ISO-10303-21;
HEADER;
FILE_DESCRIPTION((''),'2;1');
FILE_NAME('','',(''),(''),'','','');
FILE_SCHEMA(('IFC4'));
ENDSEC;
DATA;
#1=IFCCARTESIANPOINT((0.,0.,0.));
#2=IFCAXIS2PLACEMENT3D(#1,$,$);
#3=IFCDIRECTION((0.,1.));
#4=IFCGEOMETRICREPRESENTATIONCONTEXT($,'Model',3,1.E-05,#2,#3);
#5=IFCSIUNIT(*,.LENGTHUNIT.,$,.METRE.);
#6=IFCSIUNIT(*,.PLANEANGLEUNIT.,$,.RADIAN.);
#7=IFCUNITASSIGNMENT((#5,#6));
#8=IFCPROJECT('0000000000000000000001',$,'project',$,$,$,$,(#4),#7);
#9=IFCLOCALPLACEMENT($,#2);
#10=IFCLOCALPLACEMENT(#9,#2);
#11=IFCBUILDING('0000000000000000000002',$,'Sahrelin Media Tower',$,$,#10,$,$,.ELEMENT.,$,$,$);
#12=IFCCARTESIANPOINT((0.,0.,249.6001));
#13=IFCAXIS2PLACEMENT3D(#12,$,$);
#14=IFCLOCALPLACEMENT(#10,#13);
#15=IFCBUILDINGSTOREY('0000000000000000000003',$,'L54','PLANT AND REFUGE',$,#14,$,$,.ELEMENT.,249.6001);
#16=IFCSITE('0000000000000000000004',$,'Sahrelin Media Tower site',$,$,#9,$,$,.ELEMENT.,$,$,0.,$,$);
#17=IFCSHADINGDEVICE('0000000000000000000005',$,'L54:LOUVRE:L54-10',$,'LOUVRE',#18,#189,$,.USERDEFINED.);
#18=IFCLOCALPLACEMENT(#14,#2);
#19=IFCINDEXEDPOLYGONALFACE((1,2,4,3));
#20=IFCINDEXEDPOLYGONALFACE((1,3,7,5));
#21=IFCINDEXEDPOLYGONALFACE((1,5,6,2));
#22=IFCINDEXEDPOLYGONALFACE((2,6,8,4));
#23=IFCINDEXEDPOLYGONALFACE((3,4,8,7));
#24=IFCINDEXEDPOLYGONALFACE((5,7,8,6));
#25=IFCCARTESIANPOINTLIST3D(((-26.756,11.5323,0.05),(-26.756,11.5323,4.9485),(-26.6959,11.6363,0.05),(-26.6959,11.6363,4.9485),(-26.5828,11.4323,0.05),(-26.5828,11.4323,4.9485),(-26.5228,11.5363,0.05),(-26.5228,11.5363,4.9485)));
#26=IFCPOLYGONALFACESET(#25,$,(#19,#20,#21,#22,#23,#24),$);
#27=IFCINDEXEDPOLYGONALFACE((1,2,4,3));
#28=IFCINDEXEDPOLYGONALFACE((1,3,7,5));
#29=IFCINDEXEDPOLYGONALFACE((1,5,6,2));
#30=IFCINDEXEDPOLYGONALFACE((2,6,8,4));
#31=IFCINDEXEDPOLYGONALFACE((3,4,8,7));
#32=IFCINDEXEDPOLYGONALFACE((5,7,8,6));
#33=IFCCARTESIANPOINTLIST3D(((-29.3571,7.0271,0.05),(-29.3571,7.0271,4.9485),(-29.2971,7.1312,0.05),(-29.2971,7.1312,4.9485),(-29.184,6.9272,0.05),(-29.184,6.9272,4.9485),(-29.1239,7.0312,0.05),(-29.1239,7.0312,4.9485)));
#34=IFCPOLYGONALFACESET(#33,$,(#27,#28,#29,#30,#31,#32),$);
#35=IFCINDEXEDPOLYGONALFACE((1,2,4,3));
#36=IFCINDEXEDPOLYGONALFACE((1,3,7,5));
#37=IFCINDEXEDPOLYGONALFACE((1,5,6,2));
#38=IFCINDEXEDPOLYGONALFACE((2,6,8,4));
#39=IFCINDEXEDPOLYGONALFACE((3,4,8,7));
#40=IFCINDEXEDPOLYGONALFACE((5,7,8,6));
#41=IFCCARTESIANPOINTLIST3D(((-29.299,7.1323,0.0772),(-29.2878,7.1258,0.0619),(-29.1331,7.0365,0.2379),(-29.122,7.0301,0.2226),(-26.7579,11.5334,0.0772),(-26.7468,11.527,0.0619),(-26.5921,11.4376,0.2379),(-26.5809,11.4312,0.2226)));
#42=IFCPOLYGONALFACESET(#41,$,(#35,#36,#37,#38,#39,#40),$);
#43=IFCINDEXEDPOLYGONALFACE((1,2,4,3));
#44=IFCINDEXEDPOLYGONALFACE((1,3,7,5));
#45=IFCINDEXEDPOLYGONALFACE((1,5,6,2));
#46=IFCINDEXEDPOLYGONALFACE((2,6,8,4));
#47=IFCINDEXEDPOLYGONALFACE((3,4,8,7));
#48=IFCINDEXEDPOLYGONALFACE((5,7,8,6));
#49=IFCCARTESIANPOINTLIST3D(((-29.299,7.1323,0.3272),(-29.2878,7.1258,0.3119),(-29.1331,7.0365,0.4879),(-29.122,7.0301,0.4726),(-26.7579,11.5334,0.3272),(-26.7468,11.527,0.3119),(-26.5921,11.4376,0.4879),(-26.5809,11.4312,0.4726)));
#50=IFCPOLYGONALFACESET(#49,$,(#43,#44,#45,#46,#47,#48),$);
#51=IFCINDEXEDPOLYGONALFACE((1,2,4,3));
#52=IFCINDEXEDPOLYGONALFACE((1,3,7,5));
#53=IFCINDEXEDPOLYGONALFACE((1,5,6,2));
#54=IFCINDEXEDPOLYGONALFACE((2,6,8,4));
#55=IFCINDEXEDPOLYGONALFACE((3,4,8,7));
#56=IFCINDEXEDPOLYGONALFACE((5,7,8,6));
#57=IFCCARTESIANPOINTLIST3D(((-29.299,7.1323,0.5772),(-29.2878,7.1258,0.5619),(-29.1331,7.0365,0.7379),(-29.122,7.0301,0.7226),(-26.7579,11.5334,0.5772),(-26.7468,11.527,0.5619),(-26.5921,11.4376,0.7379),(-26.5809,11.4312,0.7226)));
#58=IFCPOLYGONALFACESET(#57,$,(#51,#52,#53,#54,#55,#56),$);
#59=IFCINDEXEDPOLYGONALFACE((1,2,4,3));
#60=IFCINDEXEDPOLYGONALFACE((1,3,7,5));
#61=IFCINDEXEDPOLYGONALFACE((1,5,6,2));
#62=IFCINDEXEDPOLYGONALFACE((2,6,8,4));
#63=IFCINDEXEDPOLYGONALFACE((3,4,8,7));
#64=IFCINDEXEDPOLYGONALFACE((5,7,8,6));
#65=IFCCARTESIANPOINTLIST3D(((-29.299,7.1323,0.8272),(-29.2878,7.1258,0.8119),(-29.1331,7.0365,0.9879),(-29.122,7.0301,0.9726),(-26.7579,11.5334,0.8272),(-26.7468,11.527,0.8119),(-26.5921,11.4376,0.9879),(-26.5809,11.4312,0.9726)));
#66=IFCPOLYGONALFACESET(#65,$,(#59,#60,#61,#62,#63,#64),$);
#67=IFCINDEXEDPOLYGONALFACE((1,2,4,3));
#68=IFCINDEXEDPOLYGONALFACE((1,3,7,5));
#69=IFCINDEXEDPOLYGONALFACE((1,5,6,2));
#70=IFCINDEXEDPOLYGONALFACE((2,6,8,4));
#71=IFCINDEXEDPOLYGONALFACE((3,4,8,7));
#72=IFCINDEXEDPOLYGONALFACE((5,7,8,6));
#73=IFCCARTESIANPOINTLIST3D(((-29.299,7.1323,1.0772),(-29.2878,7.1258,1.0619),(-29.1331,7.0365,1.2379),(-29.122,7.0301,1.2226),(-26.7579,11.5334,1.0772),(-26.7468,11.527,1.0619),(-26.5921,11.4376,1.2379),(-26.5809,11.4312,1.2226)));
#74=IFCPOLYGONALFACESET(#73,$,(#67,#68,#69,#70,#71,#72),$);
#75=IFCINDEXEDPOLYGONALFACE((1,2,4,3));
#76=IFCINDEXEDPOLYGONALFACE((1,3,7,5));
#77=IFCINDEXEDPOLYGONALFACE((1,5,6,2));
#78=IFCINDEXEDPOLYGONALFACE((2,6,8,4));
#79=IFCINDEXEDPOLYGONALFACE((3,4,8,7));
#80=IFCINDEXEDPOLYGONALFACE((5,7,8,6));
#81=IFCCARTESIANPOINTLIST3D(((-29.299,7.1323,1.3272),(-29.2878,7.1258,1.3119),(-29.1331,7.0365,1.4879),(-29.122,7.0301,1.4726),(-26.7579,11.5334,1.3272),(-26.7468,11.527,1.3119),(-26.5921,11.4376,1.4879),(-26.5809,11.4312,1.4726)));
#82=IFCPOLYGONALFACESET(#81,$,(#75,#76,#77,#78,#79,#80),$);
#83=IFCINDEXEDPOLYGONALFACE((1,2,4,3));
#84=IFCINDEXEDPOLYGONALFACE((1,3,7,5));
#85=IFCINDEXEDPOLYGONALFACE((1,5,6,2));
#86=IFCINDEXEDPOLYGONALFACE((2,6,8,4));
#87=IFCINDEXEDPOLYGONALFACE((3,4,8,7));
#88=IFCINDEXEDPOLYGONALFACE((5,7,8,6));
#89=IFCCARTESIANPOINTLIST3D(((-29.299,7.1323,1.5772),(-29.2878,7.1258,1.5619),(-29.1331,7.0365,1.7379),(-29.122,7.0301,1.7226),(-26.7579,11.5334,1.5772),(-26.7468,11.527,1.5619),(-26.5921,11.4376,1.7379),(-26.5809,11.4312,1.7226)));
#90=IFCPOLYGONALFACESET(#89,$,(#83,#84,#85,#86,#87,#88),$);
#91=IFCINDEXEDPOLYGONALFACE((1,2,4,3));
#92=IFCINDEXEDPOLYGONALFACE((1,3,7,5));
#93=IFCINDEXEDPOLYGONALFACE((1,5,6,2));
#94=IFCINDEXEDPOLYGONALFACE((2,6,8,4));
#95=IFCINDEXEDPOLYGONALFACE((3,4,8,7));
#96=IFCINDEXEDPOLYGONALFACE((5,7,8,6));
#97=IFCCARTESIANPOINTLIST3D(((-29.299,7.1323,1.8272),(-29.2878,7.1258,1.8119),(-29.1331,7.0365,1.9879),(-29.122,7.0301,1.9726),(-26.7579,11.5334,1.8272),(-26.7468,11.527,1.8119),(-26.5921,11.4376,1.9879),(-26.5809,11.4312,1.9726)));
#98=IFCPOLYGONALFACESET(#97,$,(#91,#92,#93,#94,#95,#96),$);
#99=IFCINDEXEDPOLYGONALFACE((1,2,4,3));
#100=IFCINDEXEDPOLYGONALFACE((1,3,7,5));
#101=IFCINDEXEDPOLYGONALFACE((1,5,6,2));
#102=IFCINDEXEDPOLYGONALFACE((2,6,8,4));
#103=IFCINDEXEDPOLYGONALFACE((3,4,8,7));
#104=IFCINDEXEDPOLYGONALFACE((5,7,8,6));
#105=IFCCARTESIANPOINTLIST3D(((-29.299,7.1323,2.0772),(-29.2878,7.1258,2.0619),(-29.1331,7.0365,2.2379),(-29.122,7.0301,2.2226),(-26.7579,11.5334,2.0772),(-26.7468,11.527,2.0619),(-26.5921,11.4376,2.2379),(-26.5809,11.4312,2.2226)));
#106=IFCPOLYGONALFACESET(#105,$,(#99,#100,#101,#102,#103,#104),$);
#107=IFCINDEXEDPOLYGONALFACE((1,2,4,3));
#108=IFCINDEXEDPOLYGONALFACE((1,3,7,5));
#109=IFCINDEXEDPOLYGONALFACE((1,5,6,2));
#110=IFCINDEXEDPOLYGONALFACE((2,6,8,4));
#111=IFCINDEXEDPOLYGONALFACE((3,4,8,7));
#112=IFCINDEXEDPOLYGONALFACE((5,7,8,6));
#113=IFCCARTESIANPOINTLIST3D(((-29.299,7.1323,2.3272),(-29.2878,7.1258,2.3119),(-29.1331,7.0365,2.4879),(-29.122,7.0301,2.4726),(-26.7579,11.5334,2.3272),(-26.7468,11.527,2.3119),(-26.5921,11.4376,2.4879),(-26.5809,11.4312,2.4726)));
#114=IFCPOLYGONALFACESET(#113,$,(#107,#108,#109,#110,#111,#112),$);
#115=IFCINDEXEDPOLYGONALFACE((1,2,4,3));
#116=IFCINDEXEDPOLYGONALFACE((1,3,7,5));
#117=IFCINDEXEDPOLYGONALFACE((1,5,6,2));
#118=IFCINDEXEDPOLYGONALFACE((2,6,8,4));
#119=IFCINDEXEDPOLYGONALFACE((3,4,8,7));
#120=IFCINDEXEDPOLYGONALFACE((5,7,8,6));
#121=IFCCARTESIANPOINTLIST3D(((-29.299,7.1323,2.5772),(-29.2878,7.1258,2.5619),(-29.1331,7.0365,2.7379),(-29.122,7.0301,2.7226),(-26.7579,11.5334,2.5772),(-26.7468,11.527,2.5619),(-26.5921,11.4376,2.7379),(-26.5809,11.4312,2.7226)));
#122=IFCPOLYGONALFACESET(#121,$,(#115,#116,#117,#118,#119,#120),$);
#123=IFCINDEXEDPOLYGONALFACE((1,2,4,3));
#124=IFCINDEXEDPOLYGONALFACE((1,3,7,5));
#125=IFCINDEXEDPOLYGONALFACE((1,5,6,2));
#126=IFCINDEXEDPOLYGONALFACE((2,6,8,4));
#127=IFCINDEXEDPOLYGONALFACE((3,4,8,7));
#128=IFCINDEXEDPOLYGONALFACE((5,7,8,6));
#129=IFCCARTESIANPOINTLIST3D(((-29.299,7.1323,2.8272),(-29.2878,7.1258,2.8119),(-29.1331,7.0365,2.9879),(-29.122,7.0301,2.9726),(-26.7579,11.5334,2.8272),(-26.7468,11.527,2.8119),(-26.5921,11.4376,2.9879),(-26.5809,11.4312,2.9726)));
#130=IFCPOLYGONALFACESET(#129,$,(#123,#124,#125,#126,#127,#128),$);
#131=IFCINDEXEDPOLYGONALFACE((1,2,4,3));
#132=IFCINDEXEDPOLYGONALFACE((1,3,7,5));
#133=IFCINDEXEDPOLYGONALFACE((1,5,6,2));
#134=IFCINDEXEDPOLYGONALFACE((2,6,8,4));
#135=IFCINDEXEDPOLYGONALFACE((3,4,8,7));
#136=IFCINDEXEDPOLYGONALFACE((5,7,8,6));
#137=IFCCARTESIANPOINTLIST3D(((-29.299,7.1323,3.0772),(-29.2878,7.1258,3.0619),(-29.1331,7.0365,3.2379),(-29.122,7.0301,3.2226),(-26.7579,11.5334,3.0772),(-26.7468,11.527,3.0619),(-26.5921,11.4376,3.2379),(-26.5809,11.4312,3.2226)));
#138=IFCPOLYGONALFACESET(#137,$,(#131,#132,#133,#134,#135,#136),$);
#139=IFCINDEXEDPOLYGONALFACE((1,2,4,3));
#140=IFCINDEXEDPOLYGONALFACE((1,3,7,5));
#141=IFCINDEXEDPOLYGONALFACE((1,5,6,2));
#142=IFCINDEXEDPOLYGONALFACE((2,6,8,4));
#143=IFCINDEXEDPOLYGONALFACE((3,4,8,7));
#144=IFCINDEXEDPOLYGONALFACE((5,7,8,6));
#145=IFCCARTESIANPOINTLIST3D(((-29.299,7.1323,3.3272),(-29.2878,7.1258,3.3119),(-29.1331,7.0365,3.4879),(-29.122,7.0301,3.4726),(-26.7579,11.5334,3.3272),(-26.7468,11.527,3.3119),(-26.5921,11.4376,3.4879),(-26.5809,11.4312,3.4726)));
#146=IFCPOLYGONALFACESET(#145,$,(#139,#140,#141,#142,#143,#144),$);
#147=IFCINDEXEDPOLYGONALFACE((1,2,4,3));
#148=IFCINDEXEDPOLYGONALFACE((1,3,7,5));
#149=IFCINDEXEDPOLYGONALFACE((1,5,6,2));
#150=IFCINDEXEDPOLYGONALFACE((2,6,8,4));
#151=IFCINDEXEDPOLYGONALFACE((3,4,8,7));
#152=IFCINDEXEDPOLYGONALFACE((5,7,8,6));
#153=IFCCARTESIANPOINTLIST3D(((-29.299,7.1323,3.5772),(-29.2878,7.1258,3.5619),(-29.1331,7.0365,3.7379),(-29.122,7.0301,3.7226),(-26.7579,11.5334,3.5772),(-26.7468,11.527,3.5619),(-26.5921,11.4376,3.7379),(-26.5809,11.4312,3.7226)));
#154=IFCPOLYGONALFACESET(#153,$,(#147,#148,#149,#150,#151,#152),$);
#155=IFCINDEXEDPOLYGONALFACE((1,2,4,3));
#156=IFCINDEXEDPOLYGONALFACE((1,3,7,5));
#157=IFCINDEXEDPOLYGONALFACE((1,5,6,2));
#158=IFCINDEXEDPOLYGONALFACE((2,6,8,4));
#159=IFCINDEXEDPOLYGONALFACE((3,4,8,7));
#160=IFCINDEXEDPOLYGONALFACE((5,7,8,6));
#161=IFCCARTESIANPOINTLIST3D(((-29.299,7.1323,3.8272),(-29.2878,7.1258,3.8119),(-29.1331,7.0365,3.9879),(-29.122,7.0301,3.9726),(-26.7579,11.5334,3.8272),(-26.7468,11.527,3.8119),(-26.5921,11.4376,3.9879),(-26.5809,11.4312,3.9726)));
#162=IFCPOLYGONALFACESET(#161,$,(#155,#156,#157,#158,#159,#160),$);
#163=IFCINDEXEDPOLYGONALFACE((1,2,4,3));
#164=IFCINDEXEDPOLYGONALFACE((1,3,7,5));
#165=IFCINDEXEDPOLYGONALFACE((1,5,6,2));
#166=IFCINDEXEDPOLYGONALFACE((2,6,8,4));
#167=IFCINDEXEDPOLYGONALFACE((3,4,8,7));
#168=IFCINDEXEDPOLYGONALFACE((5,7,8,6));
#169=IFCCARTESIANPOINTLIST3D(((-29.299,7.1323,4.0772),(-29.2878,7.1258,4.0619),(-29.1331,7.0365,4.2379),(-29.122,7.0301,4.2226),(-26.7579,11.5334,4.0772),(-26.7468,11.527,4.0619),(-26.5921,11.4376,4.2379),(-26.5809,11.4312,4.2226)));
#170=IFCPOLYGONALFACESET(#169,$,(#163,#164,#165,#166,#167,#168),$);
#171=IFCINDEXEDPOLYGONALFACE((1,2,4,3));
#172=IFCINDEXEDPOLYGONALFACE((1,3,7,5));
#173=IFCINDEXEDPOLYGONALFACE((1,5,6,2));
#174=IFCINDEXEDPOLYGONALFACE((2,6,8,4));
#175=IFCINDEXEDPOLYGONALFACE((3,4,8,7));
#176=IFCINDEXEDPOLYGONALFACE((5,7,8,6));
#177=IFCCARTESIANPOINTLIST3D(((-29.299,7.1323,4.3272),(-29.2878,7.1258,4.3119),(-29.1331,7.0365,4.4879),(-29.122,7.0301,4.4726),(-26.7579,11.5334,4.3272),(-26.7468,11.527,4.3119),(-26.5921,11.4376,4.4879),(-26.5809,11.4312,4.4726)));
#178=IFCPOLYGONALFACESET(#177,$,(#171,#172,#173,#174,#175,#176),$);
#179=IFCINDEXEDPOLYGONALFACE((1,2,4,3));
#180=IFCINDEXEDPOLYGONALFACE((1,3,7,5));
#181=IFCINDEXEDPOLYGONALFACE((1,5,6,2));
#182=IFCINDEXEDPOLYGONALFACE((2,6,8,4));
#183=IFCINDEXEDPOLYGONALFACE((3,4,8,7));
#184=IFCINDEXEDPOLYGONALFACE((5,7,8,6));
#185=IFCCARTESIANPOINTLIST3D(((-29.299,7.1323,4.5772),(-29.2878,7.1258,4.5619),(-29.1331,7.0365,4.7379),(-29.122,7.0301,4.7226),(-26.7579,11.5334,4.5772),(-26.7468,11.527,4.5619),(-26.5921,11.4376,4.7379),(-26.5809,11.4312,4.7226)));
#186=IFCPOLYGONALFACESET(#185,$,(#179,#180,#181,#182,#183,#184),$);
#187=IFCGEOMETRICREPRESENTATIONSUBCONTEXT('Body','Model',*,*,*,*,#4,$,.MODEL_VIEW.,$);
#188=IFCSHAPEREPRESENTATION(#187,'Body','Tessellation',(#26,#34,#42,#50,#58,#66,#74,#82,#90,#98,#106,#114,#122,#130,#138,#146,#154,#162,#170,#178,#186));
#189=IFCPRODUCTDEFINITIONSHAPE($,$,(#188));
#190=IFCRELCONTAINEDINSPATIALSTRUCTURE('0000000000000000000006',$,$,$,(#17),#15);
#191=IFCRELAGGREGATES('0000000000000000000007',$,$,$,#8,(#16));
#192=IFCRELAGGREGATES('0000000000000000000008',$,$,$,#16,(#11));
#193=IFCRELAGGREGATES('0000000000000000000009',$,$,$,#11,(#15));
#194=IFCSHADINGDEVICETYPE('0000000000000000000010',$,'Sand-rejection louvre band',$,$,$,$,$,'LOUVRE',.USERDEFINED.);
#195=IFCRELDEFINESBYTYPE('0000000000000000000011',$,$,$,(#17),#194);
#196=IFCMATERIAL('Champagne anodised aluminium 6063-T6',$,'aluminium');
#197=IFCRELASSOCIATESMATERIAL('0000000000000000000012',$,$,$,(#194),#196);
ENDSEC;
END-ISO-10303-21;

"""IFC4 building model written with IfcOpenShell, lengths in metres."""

from ifc_helpers import new_model, si_unit, direction, frame, origin, origin_2d, place, context, subcontext, project, spatial, rectangle, extrude, material, type_object, element, save


model = new_model("IFC4")

# Units and contexts
model_context = context("Model", 3, precision=1e-05, world=origin(), true_north=direction((0.0, 1.0)))
body_context = subcontext(model_context, "Body", "Model", "MODEL_VIEW")
ifc_project = project(units=[si_unit("LENGTHUNIT", "METRE"), si_unit("PLANEANGLEUNIT", "RADIAN")], contexts=[model_context])

# Site, building, storey
site_placement = place(None, origin())
site = spatial("IfcSite", under=ifc_project, at=site_placement, Name="Sahrelin Media Tower site", CompositionType="ELEMENT", RefElevation=0.0)
building_placement = place(site_placement, origin())
building = spatial("IfcBuilding", under=site, at=building_placement, Name="Sahrelin Media Tower", CompositionType="ELEMENT")
storey_placement = place(building_placement, frame((0.0, 0.0, 249.6001)))
storey = spatial("IfcBuildingStorey", under=building, at=storey_placement, Name="L54", Description="PLANT AND REFUGE", CompositionType="ELEMENT", Elevation=249.6001)

# Shading device
ifc_material_1 = material(Name="Champagne anodised aluminium 6063-T6", Category="aluminium")
shading_device_type = type_object("IfcShadingDeviceType", Name="Sand-rejection louvre band", ElementType="LOUVRE", PredefinedType="USERDEFINED", material=ifc_material_1)
shading_device_1_placement = place(storey_placement, frame((-27.8533, 9.2317, 0.0), z_axis=(0.0, 0.0, 1.0), x_axis=(0.500011, 0.866019, 0.0)))
element("IfcShadingDevice", 1, at=shading_device_1_placement, inside=storey, type_object=shading_device_type, Name="L54:LOUVRE:L54-10", ObjectType="LOUVRE", PredefinedType="USERDEFINED", context=body_context, shape_type="SweptSolid", body=[
    extrude(rectangle(XDim=0.1201, YDim=0.2, at=origin_2d()), frame((2.6011, 0.1001, 0.05), z_axis=(0.0, 0.0, 1.0), x_axis=(1.0, 0.0, 0.0)), (0.0, 0.0, 1.0), 4.8984),
    extrude(rectangle(XDim=0.1201, YDim=0.2, at=origin_2d()), frame((-2.6011, 0.1001, 0.05), z_axis=(0.0, 0.0, 1.0), x_axis=(1.0, 0.0, 0.0)), (0.0, 0.0, 1.0), 4.8984),
    extrude(rectangle(XDim=0.25, YDim=0.02, at=origin_2d()), frame((2.541, 0.1001, 0.1499), z_axis=(-1.0, 0.0, 0.0), x_axis=(0.0, -0.766044, 0.642788)), (0.0, 0.0, 1.0), 5.082),
    extrude(rectangle(XDim=0.25, YDim=0.02, at=origin_2d()), frame((2.541, 0.1001, 0.3999), z_axis=(-1.0, 0.0, 0.0), x_axis=(0.0, -0.766044, 0.642788)), (0.0, 0.0, 1.0), 5.082),
    extrude(rectangle(XDim=0.25, YDim=0.02, at=origin_2d()), frame((2.541, 0.1001, 0.6499), z_axis=(-1.0, 0.0, 0.0), x_axis=(0.0, -0.766044, 0.642788)), (0.0, 0.0, 1.0), 5.082),
    extrude(rectangle(XDim=0.25, YDim=0.02, at=origin_2d()), frame((2.541, 0.1001, 0.8999), z_axis=(-1.0, 0.0, 0.0), x_axis=(0.0, -0.766044, 0.642788)), (0.0, 0.0, 1.0), 5.082),
    extrude(rectangle(XDim=0.25, YDim=0.02, at=origin_2d()), frame((2.541, 0.1001, 1.1499), z_axis=(-1.0, 0.0, 0.0), x_axis=(0.0, -0.766044, 0.642788)), (0.0, 0.0, 1.0), 5.082),
    extrude(rectangle(XDim=0.25, YDim=0.02, at=origin_2d()), frame((2.541, 0.1001, 1.3999), z_axis=(-1.0, 0.0, 0.0), x_axis=(0.0, -0.766044, 0.642788)), (0.0, 0.0, 1.0), 5.082),
    extrude(rectangle(XDim=0.25, YDim=0.02, at=origin_2d()), frame((2.541, 0.1001, 1.6499), z_axis=(-1.0, 0.0, 0.0), x_axis=(0.0, -0.766044, 0.642788)), (0.0, 0.0, 1.0), 5.082),
    extrude(rectangle(XDim=0.25, YDim=0.02, at=origin_2d()), frame((2.541, 0.1001, 1.8999), z_axis=(-1.0, 0.0, 0.0), x_axis=(0.0, -0.766044, 0.642788)), (0.0, 0.0, 1.0), 5.082),
    extrude(rectangle(XDim=0.25, YDim=0.02, at=origin_2d()), frame((2.541, 0.1001, 2.1499), z_axis=(-1.0, 0.0, 0.0), x_axis=(0.0, -0.766044, 0.642788)), (0.0, 0.0, 1.0), 5.082),
    extrude(rectangle(XDim=0.25, YDim=0.02, at=origin_2d()), frame((2.541, 0.1001, 2.3999), z_axis=(-1.0, 0.0, 0.0), x_axis=(0.0, -0.766044, 0.642788)), (0.0, 0.0, 1.0), 5.082),
    extrude(rectangle(XDim=0.25, YDim=0.02, at=origin_2d()), frame((2.541, 0.1001, 2.6499), z_axis=(-1.0, 0.0, 0.0), x_axis=(0.0, -0.766044, 0.642788)), (0.0, 0.0, 1.0), 5.082),
    extrude(rectangle(XDim=0.25, YDim=0.02, at=origin_2d()), frame((2.541, 0.1001, 2.8999), z_axis=(-1.0, 0.0, 0.0), x_axis=(0.0, -0.766044, 0.642788)), (0.0, 0.0, 1.0), 5.082),
    extrude(rectangle(XDim=0.25, YDim=0.02, at=origin_2d()), frame((2.541, 0.1001, 3.1499), z_axis=(-1.0, 0.0, 0.0), x_axis=(0.0, -0.766044, 0.642788)), (0.0, 0.0, 1.0), 5.082),
    extrude(rectangle(XDim=0.25, YDim=0.02, at=origin_2d()), frame((2.541, 0.1001, 3.3999), z_axis=(-1.0, 0.0, 0.0), x_axis=(0.0, -0.766044, 0.642788)), (0.0, 0.0, 1.0), 5.082),
    extrude(rectangle(XDim=0.25, YDim=0.02, at=origin_2d()), frame((2.541, 0.1001, 3.6499), z_axis=(-1.0, 0.0, 0.0), x_axis=(0.0, -0.766044, 0.642788)), (0.0, 0.0, 1.0), 5.082),
    extrude(rectangle(XDim=0.25, YDim=0.02, at=origin_2d()), frame((2.541, 0.1001, 3.8999), z_axis=(-1.0, 0.0, 0.0), x_axis=(0.0, -0.766044, 0.642788)), (0.0, 0.0, 1.0), 5.082),
    extrude(rectangle(XDim=0.25, YDim=0.02, at=origin_2d()), frame((2.541, 0.1001, 4.1499), z_axis=(-1.0, 0.0, 0.0), x_axis=(0.0, -0.766044, 0.642788)), (0.0, 0.0, 1.0), 5.082),
    extrude(rectangle(XDim=0.25, YDim=0.02, at=origin_2d()), frame((2.541, 0.1001, 4.3999), z_axis=(-1.0, 0.0, 0.0), x_axis=(0.0, -0.766044, 0.642788)), (0.0, 0.0, 1.0), 5.082),
    extrude(rectangle(XDim=0.25, YDim=0.02, at=origin_2d()), frame((2.541, 0.1001, 4.6499), z_axis=(-1.0, 0.0, 0.0), x_axis=(0.0, -0.766044, 0.642788)), (0.0, 0.0, 1.0), 5.082),
])

save(model, "model.ifc")
